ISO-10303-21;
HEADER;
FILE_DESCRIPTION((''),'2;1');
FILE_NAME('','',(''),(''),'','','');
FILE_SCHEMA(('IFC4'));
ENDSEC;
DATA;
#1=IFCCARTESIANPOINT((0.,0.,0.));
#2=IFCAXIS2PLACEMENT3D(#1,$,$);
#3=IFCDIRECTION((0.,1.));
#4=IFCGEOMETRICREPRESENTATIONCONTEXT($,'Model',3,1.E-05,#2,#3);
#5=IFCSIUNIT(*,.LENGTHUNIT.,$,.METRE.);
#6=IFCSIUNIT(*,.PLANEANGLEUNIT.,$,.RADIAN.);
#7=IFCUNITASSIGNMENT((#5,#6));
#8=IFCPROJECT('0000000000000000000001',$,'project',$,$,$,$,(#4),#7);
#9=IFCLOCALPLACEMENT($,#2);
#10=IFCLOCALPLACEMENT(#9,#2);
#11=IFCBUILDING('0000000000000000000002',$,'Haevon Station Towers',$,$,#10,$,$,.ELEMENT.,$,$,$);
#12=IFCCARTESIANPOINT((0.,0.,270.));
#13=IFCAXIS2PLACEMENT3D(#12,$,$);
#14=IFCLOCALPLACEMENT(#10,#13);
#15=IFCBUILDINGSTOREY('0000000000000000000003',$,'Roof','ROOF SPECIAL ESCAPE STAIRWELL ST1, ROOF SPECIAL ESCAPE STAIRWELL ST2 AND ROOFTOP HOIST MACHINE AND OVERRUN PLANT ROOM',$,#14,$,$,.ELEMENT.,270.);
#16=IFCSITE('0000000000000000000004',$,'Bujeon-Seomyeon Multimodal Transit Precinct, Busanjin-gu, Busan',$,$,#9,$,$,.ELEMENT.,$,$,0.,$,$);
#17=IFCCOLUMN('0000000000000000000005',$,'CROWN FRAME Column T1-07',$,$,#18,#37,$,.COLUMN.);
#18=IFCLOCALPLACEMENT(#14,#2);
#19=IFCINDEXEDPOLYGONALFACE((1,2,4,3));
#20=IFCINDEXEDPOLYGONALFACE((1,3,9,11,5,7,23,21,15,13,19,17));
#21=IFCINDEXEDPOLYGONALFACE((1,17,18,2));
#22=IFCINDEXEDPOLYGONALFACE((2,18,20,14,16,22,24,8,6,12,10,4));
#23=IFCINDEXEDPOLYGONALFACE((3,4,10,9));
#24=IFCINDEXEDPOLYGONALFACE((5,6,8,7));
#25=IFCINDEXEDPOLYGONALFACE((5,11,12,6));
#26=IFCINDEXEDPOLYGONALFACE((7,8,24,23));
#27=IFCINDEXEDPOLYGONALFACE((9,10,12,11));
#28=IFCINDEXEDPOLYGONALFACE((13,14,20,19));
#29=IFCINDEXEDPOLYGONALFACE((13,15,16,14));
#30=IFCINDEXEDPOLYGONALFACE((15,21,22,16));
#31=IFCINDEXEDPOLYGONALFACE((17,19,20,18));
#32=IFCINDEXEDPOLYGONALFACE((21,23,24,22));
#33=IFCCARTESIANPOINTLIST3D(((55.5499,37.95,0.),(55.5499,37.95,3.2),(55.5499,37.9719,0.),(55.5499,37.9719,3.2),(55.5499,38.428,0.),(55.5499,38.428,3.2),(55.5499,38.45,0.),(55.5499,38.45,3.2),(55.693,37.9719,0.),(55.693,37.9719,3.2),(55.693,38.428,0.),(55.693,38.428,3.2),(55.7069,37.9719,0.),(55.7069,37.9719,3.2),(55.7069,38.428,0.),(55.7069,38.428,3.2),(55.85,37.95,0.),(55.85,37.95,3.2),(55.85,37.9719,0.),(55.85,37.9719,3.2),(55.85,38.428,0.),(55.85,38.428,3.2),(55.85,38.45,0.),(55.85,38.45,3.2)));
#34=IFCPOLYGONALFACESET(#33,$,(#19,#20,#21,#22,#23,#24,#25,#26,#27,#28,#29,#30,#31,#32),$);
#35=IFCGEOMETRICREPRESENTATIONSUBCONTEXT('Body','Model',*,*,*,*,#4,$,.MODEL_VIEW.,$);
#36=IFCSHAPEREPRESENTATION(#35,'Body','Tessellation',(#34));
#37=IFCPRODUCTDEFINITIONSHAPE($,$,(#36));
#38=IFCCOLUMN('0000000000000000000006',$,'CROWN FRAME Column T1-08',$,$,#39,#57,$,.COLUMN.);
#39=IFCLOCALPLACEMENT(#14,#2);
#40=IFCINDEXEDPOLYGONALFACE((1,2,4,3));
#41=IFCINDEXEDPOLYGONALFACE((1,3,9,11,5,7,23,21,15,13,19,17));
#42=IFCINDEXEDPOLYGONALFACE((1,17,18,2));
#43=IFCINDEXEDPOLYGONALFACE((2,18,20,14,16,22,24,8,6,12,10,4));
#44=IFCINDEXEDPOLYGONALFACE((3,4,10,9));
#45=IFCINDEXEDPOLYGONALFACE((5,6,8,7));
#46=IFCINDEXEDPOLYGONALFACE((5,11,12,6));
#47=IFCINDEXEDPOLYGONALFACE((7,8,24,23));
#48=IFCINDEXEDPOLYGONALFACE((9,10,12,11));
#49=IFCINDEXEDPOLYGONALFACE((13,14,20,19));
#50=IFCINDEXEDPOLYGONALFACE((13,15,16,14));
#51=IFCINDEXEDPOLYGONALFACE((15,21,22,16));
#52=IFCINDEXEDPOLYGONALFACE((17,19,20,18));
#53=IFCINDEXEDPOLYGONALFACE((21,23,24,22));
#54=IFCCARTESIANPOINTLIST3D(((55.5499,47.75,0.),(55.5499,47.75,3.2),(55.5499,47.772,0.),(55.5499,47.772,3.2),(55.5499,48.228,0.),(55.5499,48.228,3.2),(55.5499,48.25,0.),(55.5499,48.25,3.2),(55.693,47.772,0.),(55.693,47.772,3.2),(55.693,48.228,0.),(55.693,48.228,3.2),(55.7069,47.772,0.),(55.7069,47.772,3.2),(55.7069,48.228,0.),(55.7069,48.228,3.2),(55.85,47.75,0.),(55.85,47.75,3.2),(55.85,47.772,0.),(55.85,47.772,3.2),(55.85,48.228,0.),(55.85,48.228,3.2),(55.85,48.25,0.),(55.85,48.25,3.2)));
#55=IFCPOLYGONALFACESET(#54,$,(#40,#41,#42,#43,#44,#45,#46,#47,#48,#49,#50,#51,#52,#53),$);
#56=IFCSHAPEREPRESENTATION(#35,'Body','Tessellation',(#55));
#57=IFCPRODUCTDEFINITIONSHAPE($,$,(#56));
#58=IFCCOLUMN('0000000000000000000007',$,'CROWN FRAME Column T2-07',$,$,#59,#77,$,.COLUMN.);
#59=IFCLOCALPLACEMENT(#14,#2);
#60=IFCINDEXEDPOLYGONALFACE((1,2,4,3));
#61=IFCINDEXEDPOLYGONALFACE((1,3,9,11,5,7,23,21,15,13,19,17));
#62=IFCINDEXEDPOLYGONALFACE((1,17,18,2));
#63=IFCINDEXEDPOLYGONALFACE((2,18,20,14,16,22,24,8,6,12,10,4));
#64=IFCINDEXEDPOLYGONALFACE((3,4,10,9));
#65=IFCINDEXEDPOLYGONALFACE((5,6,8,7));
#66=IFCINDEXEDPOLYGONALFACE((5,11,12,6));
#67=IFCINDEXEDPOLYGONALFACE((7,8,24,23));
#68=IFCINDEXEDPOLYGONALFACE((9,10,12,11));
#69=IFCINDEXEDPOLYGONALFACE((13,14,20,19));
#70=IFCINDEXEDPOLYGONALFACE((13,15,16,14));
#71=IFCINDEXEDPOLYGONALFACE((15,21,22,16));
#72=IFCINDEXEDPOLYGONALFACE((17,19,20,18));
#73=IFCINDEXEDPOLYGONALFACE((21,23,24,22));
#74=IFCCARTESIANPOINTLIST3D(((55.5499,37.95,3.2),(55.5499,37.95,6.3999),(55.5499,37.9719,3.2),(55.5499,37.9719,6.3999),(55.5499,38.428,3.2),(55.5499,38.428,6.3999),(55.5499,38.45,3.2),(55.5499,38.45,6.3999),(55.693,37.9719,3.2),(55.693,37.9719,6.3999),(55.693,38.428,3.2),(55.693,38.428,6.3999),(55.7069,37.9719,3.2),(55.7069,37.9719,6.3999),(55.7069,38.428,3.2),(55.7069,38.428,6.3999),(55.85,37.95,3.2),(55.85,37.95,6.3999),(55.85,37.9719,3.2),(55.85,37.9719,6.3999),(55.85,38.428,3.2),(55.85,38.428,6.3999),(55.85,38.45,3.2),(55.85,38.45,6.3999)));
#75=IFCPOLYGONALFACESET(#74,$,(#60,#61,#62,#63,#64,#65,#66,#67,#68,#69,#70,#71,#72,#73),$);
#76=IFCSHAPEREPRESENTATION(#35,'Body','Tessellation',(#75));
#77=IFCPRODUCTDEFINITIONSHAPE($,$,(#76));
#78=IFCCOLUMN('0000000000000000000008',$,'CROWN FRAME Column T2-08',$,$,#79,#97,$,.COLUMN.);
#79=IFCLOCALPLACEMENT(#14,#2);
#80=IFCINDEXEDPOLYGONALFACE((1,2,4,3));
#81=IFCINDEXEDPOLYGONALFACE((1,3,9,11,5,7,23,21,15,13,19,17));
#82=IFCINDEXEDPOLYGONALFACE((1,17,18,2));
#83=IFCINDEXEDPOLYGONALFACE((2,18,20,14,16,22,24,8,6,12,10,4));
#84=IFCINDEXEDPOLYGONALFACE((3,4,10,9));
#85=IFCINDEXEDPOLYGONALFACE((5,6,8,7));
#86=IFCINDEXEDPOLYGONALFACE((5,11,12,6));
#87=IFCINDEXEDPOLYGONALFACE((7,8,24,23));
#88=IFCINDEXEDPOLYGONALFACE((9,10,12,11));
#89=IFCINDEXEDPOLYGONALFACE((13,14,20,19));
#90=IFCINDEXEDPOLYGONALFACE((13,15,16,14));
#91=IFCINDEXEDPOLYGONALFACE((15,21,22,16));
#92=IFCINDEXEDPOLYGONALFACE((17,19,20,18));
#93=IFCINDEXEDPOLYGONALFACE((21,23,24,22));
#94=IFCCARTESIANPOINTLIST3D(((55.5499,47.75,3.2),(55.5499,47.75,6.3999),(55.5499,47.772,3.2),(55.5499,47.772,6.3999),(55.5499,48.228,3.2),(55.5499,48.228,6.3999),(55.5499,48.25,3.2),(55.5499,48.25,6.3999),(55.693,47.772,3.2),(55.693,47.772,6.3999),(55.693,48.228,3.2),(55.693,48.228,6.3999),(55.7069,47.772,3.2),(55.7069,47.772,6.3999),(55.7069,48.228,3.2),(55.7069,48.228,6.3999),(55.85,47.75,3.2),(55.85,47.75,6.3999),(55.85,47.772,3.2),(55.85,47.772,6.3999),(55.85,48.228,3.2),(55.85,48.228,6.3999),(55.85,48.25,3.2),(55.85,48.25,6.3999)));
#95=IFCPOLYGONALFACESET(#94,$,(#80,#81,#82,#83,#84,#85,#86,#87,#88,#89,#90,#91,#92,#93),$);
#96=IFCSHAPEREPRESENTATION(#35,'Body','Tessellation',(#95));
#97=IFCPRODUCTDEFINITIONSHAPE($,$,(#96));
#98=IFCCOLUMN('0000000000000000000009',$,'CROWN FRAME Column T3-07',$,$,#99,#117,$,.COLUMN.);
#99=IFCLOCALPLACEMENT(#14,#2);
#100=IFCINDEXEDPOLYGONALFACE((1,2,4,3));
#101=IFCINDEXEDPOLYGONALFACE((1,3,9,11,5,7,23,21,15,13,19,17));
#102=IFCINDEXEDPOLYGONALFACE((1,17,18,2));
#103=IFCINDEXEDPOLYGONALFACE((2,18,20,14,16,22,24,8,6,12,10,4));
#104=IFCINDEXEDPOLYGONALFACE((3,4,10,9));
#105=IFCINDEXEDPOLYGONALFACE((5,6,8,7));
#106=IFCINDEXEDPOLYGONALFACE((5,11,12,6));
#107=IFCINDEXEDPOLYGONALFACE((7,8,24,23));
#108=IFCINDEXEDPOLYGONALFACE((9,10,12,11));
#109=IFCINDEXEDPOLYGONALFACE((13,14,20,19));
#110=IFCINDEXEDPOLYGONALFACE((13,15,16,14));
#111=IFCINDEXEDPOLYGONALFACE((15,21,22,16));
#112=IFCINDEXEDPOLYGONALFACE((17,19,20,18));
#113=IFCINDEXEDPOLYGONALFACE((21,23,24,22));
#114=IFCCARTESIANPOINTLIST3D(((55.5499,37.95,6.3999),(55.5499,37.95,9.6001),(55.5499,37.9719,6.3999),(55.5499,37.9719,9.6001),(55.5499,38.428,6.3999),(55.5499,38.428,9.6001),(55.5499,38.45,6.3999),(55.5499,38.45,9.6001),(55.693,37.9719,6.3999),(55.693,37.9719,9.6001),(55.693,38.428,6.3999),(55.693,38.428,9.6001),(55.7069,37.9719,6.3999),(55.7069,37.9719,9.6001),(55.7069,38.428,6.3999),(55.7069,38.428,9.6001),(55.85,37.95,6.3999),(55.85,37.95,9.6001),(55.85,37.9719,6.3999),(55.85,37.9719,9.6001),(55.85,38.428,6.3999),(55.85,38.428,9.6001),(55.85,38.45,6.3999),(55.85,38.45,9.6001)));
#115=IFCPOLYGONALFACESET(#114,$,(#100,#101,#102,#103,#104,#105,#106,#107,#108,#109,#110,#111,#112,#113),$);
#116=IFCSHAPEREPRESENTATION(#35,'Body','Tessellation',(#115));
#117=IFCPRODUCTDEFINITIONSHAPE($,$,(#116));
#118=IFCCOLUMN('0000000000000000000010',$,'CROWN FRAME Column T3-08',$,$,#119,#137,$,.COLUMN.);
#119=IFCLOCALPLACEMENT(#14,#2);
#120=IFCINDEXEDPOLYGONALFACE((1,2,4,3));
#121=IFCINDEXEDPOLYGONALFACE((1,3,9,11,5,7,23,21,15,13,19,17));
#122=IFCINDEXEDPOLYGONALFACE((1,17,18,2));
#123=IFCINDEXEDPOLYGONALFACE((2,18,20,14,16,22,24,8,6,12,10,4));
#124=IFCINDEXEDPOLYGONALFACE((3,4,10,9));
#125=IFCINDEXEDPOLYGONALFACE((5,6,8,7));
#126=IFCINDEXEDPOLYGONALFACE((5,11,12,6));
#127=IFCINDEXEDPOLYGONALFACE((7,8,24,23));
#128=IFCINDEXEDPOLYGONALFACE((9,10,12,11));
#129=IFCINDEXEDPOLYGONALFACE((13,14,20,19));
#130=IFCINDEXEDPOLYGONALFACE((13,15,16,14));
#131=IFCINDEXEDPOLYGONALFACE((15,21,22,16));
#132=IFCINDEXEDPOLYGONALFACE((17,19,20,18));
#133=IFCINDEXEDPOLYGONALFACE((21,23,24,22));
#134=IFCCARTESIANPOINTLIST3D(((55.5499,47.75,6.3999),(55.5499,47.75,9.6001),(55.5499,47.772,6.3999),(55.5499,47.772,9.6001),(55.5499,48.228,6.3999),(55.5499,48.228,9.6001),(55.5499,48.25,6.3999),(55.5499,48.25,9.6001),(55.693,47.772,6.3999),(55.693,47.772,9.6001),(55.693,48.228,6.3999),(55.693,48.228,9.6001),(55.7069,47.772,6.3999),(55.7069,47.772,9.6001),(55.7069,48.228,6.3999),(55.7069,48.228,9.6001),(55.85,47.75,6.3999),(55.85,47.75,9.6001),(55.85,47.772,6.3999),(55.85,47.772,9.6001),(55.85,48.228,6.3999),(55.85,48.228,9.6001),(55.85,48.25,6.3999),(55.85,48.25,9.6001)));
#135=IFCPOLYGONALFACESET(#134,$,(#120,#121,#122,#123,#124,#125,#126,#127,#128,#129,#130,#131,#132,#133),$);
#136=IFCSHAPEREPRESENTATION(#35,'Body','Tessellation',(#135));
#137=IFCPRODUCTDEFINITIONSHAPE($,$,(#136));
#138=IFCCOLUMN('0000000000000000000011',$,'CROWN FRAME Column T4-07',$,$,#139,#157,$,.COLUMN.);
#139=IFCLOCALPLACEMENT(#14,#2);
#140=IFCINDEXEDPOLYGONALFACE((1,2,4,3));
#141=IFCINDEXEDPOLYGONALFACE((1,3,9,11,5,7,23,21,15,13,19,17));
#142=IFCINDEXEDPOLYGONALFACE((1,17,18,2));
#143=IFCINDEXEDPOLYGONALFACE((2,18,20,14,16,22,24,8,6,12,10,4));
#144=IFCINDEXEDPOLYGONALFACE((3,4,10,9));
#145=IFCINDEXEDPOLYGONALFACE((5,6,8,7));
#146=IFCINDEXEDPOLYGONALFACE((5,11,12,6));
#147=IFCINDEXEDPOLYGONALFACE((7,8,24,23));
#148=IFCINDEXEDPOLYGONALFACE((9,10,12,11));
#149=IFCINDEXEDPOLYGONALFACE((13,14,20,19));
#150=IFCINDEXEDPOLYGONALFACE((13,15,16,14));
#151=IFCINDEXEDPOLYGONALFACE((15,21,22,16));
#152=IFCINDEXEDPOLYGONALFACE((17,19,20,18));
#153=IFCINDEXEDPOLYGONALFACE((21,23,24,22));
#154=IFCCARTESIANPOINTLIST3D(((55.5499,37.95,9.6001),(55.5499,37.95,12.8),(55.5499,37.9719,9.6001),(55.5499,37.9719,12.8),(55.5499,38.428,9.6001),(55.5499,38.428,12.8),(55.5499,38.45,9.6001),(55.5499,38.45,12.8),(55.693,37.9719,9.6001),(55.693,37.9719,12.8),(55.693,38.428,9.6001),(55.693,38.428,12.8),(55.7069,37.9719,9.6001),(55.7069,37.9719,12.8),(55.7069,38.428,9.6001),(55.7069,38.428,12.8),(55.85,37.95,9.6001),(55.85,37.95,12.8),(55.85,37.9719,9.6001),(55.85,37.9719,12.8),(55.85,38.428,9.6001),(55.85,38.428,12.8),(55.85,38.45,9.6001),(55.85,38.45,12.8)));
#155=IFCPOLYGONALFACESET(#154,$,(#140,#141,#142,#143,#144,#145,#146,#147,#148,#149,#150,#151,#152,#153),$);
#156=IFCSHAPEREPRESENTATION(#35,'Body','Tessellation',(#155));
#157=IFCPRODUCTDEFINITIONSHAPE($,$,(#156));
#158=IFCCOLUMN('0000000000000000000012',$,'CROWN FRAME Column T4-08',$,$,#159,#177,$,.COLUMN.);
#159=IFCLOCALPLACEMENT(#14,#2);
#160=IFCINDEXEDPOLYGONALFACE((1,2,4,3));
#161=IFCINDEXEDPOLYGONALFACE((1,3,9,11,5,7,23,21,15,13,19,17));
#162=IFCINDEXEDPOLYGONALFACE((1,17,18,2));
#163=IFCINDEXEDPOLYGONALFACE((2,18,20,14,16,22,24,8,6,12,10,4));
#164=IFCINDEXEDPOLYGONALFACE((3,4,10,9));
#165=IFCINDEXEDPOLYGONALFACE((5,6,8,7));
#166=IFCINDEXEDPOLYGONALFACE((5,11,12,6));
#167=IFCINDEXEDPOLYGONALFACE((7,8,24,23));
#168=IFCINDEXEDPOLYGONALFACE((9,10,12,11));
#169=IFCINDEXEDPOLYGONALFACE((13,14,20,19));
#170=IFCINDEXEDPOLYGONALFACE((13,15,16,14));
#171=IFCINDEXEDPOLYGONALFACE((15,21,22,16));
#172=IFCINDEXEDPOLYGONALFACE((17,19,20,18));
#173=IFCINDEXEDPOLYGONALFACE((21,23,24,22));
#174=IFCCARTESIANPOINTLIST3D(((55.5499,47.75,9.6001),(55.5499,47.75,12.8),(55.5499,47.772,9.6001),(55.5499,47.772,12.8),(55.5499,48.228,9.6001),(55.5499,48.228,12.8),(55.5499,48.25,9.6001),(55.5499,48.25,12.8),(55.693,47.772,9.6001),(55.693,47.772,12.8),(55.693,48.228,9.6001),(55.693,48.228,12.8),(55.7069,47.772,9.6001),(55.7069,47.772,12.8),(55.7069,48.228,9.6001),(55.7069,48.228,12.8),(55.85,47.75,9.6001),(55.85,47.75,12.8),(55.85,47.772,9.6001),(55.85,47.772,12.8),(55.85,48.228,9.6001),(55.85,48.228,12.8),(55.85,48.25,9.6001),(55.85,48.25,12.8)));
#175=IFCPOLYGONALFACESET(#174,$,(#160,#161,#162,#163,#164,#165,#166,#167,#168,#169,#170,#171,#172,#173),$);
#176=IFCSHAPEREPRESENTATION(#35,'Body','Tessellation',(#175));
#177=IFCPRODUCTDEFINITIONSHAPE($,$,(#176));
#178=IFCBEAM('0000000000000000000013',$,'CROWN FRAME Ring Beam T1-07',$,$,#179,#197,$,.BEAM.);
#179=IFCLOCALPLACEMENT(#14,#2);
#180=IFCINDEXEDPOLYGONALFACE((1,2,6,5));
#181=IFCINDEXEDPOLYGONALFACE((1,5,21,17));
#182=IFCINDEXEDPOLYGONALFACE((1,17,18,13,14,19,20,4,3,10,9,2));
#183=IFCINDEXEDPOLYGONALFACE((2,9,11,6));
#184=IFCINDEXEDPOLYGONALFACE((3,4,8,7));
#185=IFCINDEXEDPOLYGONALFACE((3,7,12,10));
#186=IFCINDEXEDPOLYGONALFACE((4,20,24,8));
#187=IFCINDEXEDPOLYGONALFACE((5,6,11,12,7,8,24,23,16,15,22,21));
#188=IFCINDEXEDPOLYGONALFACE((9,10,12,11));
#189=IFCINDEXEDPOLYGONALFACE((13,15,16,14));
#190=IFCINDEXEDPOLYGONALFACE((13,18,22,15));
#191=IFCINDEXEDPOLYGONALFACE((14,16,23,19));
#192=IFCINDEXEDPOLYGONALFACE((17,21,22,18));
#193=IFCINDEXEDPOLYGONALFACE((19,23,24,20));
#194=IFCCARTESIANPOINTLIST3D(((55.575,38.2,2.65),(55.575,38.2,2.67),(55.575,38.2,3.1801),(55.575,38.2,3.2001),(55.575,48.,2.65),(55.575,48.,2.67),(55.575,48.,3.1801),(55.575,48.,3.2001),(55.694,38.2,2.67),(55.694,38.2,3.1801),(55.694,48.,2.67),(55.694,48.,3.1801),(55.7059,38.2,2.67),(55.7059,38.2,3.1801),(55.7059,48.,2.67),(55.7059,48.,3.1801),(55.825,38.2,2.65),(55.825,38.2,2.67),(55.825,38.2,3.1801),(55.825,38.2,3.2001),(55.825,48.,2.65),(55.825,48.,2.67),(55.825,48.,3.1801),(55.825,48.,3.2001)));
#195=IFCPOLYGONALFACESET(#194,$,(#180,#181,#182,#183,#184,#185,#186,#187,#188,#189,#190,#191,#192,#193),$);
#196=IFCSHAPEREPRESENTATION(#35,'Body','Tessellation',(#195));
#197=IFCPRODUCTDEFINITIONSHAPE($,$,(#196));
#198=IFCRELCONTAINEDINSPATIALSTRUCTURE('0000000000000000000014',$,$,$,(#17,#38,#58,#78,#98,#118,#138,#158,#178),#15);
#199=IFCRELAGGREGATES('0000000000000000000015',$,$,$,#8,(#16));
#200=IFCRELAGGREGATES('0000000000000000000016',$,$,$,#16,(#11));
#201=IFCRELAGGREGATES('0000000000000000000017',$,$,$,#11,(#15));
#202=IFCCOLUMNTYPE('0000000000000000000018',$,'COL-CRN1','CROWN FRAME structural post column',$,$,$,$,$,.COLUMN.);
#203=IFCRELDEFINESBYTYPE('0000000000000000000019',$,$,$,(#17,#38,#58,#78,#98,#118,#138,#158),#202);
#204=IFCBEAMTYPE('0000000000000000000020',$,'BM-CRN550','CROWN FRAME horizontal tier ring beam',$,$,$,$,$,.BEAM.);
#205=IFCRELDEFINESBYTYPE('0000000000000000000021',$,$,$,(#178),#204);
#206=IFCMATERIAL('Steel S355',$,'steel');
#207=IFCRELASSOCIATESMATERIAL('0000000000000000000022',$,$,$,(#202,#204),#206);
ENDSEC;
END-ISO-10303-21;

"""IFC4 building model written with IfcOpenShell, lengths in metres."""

from ifc_helpers import new_model, si_unit, direction, frame, origin, origin_2d, place, context, subcontext, project, spatial, i_section, extrude, material, material_profile, profile_set, type_object, element, save


model = new_model("IFC4")

# Units and contexts
model_context = context("Model", 3, precision=1e-05, world=origin(), true_north=direction((0.0, 1.0)))
body_context = subcontext(model_context, "Body", "Model", "MODEL_VIEW")
ifc_project = project(units=[si_unit("LENGTHUNIT", "METRE"), si_unit("PLANEANGLEUNIT", "RADIAN")], contexts=[model_context])

# Site, building, storey
site_placement = place(None, origin())
site = spatial("IfcSite", under=ifc_project, at=site_placement, Name="Bujeon-Seomyeon Multimodal Transit Precinct, Busanjin-gu, Busan", CompositionType="ELEMENT", RefElevation=0.0)
building_placement = place(site_placement, origin())
building = spatial("IfcBuilding", under=site, at=building_placement, Name="Haevon Station Towers", CompositionType="ELEMENT")
storey_placement = place(building_placement, frame((0.0, 0.0, 270.0)))
storey = spatial("IfcBuildingStorey", under=building, at=storey_placement, Name="Roof", Description="ROOF SPECIAL ESCAPE STAIRWELL ST1, ROOF SPECIAL ESCAPE STAIRWELL ST2 AND ROOFTOP HOIST MACHINE AND OVERRUN PLANT ROOM", CompositionType="ELEMENT", Elevation=270.0)

# Columns
ifc_material_1 = material(Name="Steel S355", Category="steel")
ifc_material_profile_1 = material_profile(ifc_material_1, i_section(OverallWidth=0.3, OverallDepth=0.5, WebThickness=0.0139, FlangeThickness=0.022, at=origin_2d()), Name="H-500x300x14x22")
ifc_profile_set_1 = profile_set([ifc_material_profile_1], Name="Steel S355")
column_type = type_object("IfcColumnType", Name="COL-CRN1", Description="CROWN FRAME structural post column", PredefinedType="COLUMN", material=ifc_profile_set_1)
for number, where, z_axis, x_axis, name in (
    (1, (55.7, 38.2, 0.0), (0.0, 0.0, 1.0), (1.0, 0.0, 0.0), "CROWN FRAME Column T1-07"),
    (2, (55.7, 48.0, 0.0), (0.0, 0.0, 1.0), (1.0, 0.0, 0.0), "CROWN FRAME Column T1-08"),
    (3, (55.7, 38.2, 3.2), (0.0, 0.0, 1.0), (1.0, 0.0, 0.0), "CROWN FRAME Column T2-07"),
    (4, (55.7, 48.0, 3.2), (0.0, 0.0, 1.0), (1.0, 0.0, 0.0), "CROWN FRAME Column T2-08"),
):
    element("IfcColumn", number, at=place(storey_placement, frame(where, z_axis=z_axis, x_axis=x_axis)), inside=storey, type_object=column_type, Name=name, PredefinedType="COLUMN", context=body_context, shape_type="SweptSolid", body=[
        extrude(i_section(OverallWidth=0.3, OverallDepth=0.5, WebThickness=0.0139, FlangeThickness=0.022, at=origin_2d()), origin(), (0.0, 0.0, 1.0), 3.2),
    ])
for number, where, z_axis, x_axis, name in (
    (5, (55.7, 38.2, 6.3999), (0.0, 0.0, 1.0), (1.0, 0.0, 0.0), "CROWN FRAME Column T3-07"),
    (6, (55.7, 48.0, 6.3999), (0.0, 0.0, 1.0), (1.0, 0.0, 0.0), "CROWN FRAME Column T3-08"),
):
    element("IfcColumn", number, at=place(storey_placement, frame(where, z_axis=z_axis, x_axis=x_axis)), inside=storey, type_object=column_type, Name=name, PredefinedType="COLUMN", context=body_context, shape_type="SweptSolid", body=[
        extrude(i_section(OverallWidth=0.3, OverallDepth=0.5, WebThickness=0.0139, FlangeThickness=0.022, at=origin_2d()), origin(), (0.0, 0.0, 1.0), 3.2002),
    ])
for number, where, z_axis, x_axis, name in (
    (7, (55.7, 38.2, 9.6001), (0.0, 0.0, 1.0), (1.0, 0.0, 0.0), "CROWN FRAME Column T4-07"),
    (8, (55.7, 48.0, 9.6001), (0.0, 0.0, 1.0), (1.0, 0.0, 0.0), "CROWN FRAME Column T4-08"),
):
    element("IfcColumn", number, at=place(storey_placement, frame(where, z_axis=z_axis, x_axis=x_axis)), inside=storey, type_object=column_type, Name=name, PredefinedType="COLUMN", context=body_context, shape_type="SweptSolid", body=[
        extrude(i_section(OverallWidth=0.3, OverallDepth=0.5, WebThickness=0.0139, FlangeThickness=0.022, at=origin_2d()), origin(), (0.0, 0.0, 1.0), 3.2),
    ])

# Beam
ifc_material_profile_2 = material_profile(ifc_material_1, i_section(OverallWidth=0.25, OverallDepth=0.55, WebThickness=0.012, FlangeThickness=0.02, at=origin_2d()), Name="H-550x250x12x20")
ifc_profile_set_2 = profile_set([ifc_material_profile_2], Name="Steel S355")
beam_type = type_object("IfcBeamType", Name="BM-CRN550", Description="CROWN FRAME horizontal tier ring beam", PredefinedType="BEAM", material=ifc_profile_set_2)
beam_1_placement = place(storey_placement, frame((55.7, 38.2, 2.925), z_axis=(0.0, 1.0, 0.0), x_axis=(-1.0, 0.0, 0.0)))
element("IfcBeam", 9, at=beam_1_placement, inside=storey, type_object=beam_type, Name="CROWN FRAME Ring Beam T1-07", PredefinedType="BEAM", context=body_context, shape_type="SweptSolid", body=[
    extrude(i_section(OverallWidth=0.25, OverallDepth=0.55, WebThickness=0.012, FlangeThickness=0.02, at=origin_2d()), origin(), (0.0, 0.0, 1.0), 9.8),
])

save(model, "model.ifc")
